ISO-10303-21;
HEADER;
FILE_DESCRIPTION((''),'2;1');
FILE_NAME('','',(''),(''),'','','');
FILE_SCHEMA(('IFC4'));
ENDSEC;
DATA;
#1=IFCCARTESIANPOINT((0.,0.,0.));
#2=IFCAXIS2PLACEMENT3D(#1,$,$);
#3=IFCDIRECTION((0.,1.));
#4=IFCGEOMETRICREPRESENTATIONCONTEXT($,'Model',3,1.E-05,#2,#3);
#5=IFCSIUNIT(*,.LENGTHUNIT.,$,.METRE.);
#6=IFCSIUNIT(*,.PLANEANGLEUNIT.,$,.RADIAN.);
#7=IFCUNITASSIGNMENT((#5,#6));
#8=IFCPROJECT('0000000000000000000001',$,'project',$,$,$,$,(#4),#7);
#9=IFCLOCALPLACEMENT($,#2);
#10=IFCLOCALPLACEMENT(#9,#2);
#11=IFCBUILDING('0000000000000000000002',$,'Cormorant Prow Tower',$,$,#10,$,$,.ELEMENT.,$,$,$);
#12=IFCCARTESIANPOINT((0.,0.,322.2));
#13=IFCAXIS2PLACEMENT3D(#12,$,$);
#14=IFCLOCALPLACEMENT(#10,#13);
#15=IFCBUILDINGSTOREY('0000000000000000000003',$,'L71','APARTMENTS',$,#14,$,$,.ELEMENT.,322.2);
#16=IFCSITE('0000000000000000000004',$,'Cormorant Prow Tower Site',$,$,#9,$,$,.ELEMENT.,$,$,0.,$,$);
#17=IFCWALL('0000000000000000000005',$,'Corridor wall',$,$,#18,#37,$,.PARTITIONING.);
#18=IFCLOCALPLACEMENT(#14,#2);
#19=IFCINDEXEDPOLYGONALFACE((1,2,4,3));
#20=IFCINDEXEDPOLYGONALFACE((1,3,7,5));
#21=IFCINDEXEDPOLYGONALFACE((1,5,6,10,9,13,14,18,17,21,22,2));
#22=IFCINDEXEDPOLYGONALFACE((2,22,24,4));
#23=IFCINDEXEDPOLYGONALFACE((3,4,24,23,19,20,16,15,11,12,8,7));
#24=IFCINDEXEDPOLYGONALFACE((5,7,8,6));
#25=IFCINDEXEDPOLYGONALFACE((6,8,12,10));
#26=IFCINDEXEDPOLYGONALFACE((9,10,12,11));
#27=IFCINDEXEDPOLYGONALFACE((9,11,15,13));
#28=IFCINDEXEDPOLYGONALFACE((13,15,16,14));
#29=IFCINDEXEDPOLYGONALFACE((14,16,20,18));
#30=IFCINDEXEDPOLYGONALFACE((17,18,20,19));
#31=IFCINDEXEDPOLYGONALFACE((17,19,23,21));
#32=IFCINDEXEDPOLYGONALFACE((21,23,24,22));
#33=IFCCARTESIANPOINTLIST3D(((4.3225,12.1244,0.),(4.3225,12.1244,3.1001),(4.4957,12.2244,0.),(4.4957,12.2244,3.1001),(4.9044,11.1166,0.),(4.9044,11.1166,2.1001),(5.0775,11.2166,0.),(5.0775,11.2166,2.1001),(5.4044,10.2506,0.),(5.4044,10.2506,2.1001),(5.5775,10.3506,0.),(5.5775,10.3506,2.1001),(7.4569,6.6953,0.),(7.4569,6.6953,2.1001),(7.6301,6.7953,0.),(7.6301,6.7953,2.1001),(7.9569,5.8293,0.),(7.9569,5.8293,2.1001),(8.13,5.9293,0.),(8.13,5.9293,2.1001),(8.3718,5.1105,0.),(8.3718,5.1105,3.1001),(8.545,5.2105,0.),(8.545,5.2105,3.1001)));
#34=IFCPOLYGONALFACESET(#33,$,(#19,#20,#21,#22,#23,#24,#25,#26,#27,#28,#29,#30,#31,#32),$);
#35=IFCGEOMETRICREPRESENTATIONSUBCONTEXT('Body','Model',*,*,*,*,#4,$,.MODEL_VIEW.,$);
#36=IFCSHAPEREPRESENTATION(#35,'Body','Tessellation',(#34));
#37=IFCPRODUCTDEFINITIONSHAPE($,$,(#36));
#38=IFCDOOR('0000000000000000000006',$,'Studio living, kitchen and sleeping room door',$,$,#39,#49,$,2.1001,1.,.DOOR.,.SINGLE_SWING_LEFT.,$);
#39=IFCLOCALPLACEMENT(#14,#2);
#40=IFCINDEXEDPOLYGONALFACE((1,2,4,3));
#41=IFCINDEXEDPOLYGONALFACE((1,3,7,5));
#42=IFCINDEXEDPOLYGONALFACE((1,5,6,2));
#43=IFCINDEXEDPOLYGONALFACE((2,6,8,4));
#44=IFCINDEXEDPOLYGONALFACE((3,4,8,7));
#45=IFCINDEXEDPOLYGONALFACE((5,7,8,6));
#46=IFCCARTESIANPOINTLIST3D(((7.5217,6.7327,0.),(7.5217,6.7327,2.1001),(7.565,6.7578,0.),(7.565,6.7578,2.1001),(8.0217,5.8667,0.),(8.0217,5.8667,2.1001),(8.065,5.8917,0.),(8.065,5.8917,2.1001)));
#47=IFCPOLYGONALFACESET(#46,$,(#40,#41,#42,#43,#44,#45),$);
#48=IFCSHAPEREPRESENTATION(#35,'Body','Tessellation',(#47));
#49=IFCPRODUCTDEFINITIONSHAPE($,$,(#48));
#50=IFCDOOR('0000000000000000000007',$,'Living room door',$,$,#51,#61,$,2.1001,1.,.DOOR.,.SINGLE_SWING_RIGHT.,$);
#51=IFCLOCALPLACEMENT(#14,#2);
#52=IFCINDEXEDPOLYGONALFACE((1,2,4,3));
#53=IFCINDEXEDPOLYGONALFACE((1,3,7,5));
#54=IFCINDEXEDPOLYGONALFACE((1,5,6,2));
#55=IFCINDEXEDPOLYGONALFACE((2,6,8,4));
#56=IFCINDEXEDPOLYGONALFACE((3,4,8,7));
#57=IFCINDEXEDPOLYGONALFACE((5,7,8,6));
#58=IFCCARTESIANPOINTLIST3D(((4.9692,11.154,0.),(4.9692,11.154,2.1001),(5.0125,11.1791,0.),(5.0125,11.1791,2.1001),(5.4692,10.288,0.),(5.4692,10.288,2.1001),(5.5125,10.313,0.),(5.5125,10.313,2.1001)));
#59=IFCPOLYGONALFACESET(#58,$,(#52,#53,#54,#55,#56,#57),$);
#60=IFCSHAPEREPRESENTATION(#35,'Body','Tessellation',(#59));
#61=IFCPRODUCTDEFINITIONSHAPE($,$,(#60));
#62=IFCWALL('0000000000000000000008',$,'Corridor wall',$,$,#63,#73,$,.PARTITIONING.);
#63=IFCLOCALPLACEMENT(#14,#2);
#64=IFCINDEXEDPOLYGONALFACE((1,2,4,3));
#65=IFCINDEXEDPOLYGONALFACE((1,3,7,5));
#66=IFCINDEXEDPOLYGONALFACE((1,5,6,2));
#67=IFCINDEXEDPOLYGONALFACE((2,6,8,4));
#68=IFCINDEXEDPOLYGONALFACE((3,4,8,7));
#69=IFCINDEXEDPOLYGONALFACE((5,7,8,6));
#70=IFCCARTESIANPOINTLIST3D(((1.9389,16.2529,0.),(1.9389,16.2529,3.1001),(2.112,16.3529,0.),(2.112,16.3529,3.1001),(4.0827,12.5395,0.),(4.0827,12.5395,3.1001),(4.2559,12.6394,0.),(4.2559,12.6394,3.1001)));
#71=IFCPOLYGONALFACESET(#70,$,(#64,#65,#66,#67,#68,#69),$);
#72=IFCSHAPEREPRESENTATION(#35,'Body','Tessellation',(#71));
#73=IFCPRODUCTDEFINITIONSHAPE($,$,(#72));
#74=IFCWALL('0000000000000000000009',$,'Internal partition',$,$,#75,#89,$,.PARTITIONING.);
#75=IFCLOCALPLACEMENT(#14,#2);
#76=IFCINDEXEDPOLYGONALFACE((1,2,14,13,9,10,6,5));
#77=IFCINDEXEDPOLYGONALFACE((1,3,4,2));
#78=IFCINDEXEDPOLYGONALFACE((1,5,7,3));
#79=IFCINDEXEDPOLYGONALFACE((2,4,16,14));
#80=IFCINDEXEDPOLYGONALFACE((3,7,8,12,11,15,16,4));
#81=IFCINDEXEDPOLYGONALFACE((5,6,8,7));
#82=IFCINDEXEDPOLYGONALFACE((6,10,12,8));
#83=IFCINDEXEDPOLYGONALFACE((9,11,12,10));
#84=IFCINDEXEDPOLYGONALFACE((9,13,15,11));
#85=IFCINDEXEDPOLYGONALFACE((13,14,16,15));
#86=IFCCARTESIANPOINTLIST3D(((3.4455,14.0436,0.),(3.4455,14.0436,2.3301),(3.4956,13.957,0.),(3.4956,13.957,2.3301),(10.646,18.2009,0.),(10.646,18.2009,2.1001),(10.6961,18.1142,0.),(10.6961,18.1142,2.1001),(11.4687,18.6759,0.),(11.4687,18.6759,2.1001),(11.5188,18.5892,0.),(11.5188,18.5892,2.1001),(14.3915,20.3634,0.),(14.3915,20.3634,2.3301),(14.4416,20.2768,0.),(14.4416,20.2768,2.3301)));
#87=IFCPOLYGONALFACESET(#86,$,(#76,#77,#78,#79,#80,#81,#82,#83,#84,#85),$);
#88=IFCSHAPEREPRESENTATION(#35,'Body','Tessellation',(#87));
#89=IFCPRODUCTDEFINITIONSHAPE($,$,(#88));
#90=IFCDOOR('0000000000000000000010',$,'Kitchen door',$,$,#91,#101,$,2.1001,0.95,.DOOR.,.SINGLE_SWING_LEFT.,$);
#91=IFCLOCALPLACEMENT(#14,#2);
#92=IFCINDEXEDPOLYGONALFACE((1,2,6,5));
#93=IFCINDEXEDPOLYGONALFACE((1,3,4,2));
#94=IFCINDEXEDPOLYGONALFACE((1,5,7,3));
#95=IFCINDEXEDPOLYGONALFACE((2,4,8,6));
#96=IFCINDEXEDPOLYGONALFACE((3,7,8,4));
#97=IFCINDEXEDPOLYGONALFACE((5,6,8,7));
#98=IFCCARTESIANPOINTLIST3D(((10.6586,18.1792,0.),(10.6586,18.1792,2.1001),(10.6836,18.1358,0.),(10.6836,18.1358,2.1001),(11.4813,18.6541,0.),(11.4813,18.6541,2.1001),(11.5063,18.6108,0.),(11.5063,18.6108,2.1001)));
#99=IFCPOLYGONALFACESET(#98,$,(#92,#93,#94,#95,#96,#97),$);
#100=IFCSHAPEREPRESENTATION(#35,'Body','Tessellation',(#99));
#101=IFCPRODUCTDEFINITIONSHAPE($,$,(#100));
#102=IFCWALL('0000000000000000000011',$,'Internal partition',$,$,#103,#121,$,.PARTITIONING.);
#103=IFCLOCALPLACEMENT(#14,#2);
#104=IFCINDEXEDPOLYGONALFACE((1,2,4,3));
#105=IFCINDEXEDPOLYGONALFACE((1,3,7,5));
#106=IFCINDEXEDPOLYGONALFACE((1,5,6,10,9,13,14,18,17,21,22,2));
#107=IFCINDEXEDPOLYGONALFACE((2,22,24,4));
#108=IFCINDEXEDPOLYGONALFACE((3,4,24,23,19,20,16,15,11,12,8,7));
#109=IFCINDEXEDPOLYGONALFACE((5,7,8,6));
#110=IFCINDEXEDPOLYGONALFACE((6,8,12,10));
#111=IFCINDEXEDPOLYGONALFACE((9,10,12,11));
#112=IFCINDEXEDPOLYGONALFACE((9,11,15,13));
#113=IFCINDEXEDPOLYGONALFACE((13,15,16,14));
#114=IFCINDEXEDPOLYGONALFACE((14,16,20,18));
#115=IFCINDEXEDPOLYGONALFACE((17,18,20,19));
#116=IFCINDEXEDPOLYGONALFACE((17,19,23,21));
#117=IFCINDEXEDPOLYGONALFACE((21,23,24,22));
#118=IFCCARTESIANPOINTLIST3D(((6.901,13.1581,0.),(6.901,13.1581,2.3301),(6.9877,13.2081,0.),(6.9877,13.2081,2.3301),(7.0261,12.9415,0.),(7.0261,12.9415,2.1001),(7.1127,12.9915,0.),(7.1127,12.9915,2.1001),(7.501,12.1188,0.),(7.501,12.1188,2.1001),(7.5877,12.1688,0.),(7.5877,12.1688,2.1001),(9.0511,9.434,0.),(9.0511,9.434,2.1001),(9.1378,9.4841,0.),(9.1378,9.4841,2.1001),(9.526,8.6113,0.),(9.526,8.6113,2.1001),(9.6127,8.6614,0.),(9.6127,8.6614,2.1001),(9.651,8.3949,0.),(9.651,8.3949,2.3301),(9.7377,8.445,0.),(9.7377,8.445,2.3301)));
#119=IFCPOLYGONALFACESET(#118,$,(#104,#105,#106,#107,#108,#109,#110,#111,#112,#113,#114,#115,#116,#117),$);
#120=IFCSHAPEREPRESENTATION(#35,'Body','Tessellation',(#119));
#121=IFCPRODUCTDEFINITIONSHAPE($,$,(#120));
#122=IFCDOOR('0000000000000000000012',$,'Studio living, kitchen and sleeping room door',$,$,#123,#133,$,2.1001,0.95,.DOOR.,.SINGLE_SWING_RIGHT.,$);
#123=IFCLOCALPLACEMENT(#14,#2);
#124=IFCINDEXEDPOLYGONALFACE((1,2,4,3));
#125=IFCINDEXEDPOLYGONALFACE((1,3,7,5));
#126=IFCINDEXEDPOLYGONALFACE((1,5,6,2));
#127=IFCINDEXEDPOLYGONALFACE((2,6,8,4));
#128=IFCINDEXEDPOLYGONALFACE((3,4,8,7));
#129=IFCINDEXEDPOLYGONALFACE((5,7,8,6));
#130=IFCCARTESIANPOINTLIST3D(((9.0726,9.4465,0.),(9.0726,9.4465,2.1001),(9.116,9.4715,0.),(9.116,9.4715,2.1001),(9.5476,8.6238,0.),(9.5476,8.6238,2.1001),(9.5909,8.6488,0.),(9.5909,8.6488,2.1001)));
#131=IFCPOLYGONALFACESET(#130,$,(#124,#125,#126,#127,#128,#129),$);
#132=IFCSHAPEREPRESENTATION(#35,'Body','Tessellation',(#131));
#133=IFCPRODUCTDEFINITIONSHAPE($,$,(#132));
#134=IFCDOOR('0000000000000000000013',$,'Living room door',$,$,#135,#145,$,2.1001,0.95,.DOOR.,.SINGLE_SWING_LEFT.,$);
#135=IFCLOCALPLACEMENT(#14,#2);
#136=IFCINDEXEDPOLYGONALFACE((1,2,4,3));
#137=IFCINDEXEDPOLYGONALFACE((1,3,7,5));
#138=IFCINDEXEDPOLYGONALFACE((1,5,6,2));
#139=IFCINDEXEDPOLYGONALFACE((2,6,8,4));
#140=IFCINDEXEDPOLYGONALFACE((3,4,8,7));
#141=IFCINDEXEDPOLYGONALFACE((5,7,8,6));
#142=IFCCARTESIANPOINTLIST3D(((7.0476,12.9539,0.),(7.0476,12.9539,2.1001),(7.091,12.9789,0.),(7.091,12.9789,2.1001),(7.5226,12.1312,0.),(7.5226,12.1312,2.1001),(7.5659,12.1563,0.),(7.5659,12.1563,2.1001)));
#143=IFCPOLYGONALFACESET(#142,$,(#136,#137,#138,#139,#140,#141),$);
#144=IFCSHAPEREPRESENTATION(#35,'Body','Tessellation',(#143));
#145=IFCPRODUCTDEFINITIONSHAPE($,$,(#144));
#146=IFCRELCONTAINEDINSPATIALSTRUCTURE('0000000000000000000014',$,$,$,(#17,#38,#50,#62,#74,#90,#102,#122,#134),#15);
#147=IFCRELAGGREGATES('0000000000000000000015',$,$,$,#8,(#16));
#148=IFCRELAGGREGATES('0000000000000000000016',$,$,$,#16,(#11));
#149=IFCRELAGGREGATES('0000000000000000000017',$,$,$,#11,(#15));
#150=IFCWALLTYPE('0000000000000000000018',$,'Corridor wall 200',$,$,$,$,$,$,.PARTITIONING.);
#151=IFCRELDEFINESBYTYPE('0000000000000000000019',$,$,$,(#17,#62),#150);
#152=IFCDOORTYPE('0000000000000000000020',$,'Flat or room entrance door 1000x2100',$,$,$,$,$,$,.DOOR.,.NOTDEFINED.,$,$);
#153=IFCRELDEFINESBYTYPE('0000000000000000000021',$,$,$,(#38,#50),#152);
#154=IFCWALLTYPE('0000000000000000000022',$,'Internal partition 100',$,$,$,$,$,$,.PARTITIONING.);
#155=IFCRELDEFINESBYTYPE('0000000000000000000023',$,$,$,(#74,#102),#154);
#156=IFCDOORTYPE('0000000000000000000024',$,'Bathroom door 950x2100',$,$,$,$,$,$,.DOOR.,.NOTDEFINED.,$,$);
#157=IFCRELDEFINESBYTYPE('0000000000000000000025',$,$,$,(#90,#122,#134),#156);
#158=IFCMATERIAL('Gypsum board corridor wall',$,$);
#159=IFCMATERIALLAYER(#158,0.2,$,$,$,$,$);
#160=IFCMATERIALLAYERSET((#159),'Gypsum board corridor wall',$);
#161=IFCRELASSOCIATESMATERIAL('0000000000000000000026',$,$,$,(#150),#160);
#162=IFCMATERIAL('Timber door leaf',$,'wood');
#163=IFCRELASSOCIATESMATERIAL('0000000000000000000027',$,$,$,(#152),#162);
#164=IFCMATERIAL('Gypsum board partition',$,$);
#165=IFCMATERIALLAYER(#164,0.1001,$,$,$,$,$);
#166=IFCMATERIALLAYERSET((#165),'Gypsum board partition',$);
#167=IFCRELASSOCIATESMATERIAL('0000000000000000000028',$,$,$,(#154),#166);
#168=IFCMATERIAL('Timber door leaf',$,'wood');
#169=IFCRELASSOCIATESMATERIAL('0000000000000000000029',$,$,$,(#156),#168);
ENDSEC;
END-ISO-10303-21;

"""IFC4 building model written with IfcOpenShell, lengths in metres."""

from ifc_helpers import new_model, si_unit, direction, frame, frame_2d, origin, place, context, subcontext, project, spatial, rectangle, extrude, material, layer, layer_set, type_object, element, fill, save


model = new_model("IFC4")

# Units and contexts
model_context = context("Model", 3, precision=1e-05, world=origin(), true_north=direction((0.0, 1.0)))
body_context = subcontext(model_context, "Body", "Model", "MODEL_VIEW")
ifc_project = project(units=[si_unit("LENGTHUNIT", "METRE"), si_unit("PLANEANGLEUNIT", "RADIAN")], contexts=[model_context])

# Site, building, storey
site_placement = place(None, origin())
site = spatial("IfcSite", under=ifc_project, at=site_placement, Name="Cormorant Prow Tower Site", CompositionType="ELEMENT", RefElevation=0.0)
building_placement = place(site_placement, origin())
building = spatial("IfcBuilding", under=site, at=building_placement, Name="Cormorant Prow Tower", CompositionType="ELEMENT")
storey_placement = place(building_placement, frame((0.0, 0.0, 322.2)))
storey = spatial("IfcBuildingStorey", under=building, at=storey_placement, Name="L71", Description="APARTMENTS", CompositionType="ELEMENT", Elevation=322.2)

# Wall, openings, doors
ifc_material_1 = material(Name="Gypsum board corridor wall")
ifc_layer_1 = layer(ifc_material_1, 0.2)
ifc_layer_set_1 = layer_set([ifc_layer_1], Name="Gypsum board corridor wall")
wall_type_1 = type_object("IfcWallType", Name="Corridor wall 200", PredefinedType="PARTITIONING", material=ifc_layer_set_1)
wall_1_placement = place(storey_placement, frame((4.4092, 12.1743, 0.0), z_axis=(0.0, 0.0, 1.0), x_axis=(0.499984, -0.866034, 0.0)))
wall_1 = element("IfcWall", 1, at=wall_1_placement, inside=storey, type_object=wall_type_1, Name="Corridor wall", PredefinedType="PARTITIONING", context=body_context, shape_type="SweptSolid", body=[
    extrude(rectangle(XDim=8.0989, YDim=0.2, at=frame_2d((4.0493, 0.0))), origin(), (0.0, 0.0, 1.0), 3.1001),
])
opening_1_placement = place(wall_1_placement, frame((6.2688, 0.0, 0.0)))
opening_1 = element("IfcOpeningElement", 2, at=opening_1_placement, cuts=wall_1, PredefinedType="OPENING", context=body_context, shape_type="SweptSolid", body=[
    extrude(rectangle(XDim=1.0, YDim=2.1001, at=frame_2d((0.5, 1.05))), frame((0.0, 0.1099, 0.0), z_axis=(0.0, -1.0, 0.0), x_axis=(1.0, 0.0, 0.0)), (0.0, 0.0, 1.0), 0.22),
])
opening_2_placement = place(wall_1_placement, frame((1.1636, 0.0, 0.0)))
opening_2 = element("IfcOpeningElement", 3, at=opening_2_placement, cuts=wall_1, PredefinedType="OPENING", context=body_context, shape_type="SweptSolid", body=[
    extrude(rectangle(XDim=1.0, YDim=2.1001, at=frame_2d((0.5, 1.05))), frame((0.0, 0.1099, 0.0), z_axis=(0.0, -1.0, 0.0), x_axis=(1.0, 0.0, 0.0)), (0.0, 0.0, 1.0), 0.22),
])
ifc_material_2 = material(Name="Timber door leaf", Category="wood")
door_type_1 = type_object("IfcDoorType", Name="Flat or room entrance door 1000x2100", OperationType="NOTDEFINED", PredefinedType="DOOR", material=ifc_material_2)
door_1_placement = place(opening_1_placement, origin())
door_1 = element("IfcDoor", 4, at=door_1_placement, inside=storey, type_object=door_type_1, Name="Studio living, kitchen and sleeping room door", OperationType="SINGLE_SWING_LEFT", OverallHeight=2.1001, OverallWidth=1.0, PredefinedType="DOOR", context=body_context, shape_type="SweptSolid", body=[
    extrude(rectangle(XDim=1.0, YDim=2.1001, at=frame_2d((0.5, 1.05))), frame((0.0, 0.0249, 0.0), z_axis=(0.0, -1.0, 0.0), x_axis=(1.0, 0.0, 0.0)), (0.0, 0.0, 1.0), 0.05),
])
fill(opening_1, door_1)
door_2_placement = place(opening_2_placement, origin())
door_2 = element("IfcDoor", 5, at=door_2_placement, inside=storey, type_object=door_type_1, Name="Living room door", OperationType="SINGLE_SWING_RIGHT", OverallHeight=2.1001, OverallWidth=1.0, PredefinedType="DOOR", context=body_context, shape_type="SweptSolid", body=[
    extrude(rectangle(XDim=1.0, YDim=2.1001, at=frame_2d((0.5, 1.05))), frame((0.0, 0.0249, 0.0), z_axis=(0.0, -1.0, 0.0), x_axis=(1.0, 0.0, 0.0)), (0.0, 0.0, 1.0), 0.05),
])
fill(opening_2, door_2)

# Wall
wall_2_placement = place(storey_placement, frame((2.0254, 16.303, 0.0), z_axis=(0.0, 0.0, 1.0), x_axis=(0.499979, -0.866038, 0.0)))
element("IfcWall", 6, at=wall_2_placement, inside=storey, type_object=wall_type_1, Name="Corridor wall", PredefinedType="PARTITIONING", context=body_context, shape_type="SweptSolid", body=[
    extrude(rectangle(XDim=4.2878, YDim=0.2, at=frame_2d((2.144, 0.0))), origin(), (0.0, 0.0, 1.0), 3.1001),
])

# Wall, opening, door
ifc_material_3 = material(Name="Gypsum board partition")
ifc_layer_2 = layer(ifc_material_3, 0.1001)
ifc_layer_set_2 = layer_set([ifc_layer_2], Name="Gypsum board partition")
wall_type_2 = type_object("IfcWallType", Name="Internal partition 100", PredefinedType="PARTITIONING", material=ifc_layer_set_2)
wall_3_placement = place(storey_placement, frame((3.4705, 14.0002, 0.0), z_axis=(0.0, 0.0, 1.0), x_axis=(0.866021, 0.500007, 0.0)))
wall_3 = element("IfcWall", 7, at=wall_3_placement, inside=storey, type_object=wall_type_2, Name="Internal partition", PredefinedType="PARTITIONING", context=body_context, shape_type="SweptSolid", body=[
    extrude(rectangle(XDim=12.6394, YDim=0.1001, at=frame_2d((6.3198, 0.0))), origin(), (0.0, 0.0, 1.0), 2.3301),
])
opening_3_placement = place(wall_3_placement, frame((8.3145, 0.0, 0.0)))
opening_3 = element("IfcOpeningElement", 8, at=opening_3_placement, cuts=wall_3, PredefinedType="OPENING", context=body_context, shape_type="SweptSolid", body=[
    extrude(rectangle(XDim=0.95, YDim=2.1001, at=frame_2d((0.4751, 1.05))), frame((0.0, 0.0601, 0.0), z_axis=(0.0, -1.0, 0.0), x_axis=(1.0, 0.0, 0.0)), (0.0, 0.0, 1.0), 0.1201),
])
ifc_material_4 = material(Name="Timber door leaf", Category="wood")
door_type_2 = type_object("IfcDoorType", Name="Bathroom door 950x2100", OperationType="NOTDEFINED", PredefinedType="DOOR", material=ifc_material_4)
door_3_placement = place(opening_3_placement, origin())
door_3 = element("IfcDoor", 9, at=door_3_placement, inside=storey, type_object=door_type_2, Name="Kitchen door", OperationType="SINGLE_SWING_LEFT", OverallHeight=2.1001, OverallWidth=0.95, PredefinedType="DOOR", context=body_context, shape_type="SweptSolid", body=[
    extrude(rectangle(XDim=0.95, YDim=2.1001, at=frame_2d((0.4751, 1.05))), frame((0.0, 0.0249, 0.0), z_axis=(0.0, -1.0, 0.0), x_axis=(1.0, 0.0, 0.0)), (0.0, 0.0, 1.0), 0.05),
])
fill(opening_3, door_3)

# Wall, openings, doors
wall_4_placement = place(storey_placement, frame((6.9443, 13.1831, 0.0), z_axis=(0.0, 0.0, 1.0), x_axis=(0.499997, -0.866027, 0.0)))
wall_4 = element("IfcWall", 10, at=wall_4_placement, inside=storey, type_object=wall_type_2, Name="Internal partition", PredefinedType="PARTITIONING", context=body_context, shape_type="SweptSolid", body=[
    extrude(rectangle(XDim=5.5, YDim=0.1001, at=frame_2d((2.75, 0.0))), origin(), (0.0, 0.0, 1.0), 2.3301),
])
opening_4_placement = place(wall_4_placement, frame((4.3, 0.0, 0.0)))
opening_4 = element("IfcOpeningElement", 11, at=opening_4_placement, cuts=wall_4, PredefinedType="OPENING", context=body_context, shape_type="SweptSolid", body=[
    extrude(rectangle(XDim=0.95, YDim=2.1001, at=frame_2d((0.4751, 1.05))), frame((0.0, 0.0601, 0.0), z_axis=(0.0, -1.0, 0.0), x_axis=(1.0, 0.0, 0.0)), (0.0, 0.0, 1.0), 0.1201),
])
opening_5_placement = place(wall_4_placement, frame((0.25, 0.0, 0.0)))
opening_5 = element("IfcOpeningElement", 12, at=opening_5_placement, cuts=wall_4, PredefinedType="OPENING", context=body_context, shape_type="SweptSolid", body=[
    extrude(rectangle(XDim=0.95, YDim=2.1001, at=frame_2d((0.4751, 1.05))), frame((0.0, 0.0601, 0.0), z_axis=(0.0, -1.0, 0.0), x_axis=(1.0, 0.0, 0.0)), (0.0, 0.0, 1.0), 0.1201),
])
door_4_placement = place(opening_4_placement, origin())
door_4 = element("IfcDoor", 13, at=door_4_placement, inside=storey, type_object=door_type_2, Name="Studio living, kitchen and sleeping room door", OperationType="SINGLE_SWING_RIGHT", OverallHeight=2.1001, OverallWidth=0.95, PredefinedType="DOOR", context=body_context, shape_type="SweptSolid", body=[
    extrude(rectangle(XDim=0.95, YDim=2.1001, at=frame_2d((0.4751, 1.05))), frame((0.0, 0.0249, 0.0), z_axis=(0.0, -1.0, 0.0), x_axis=(1.0, 0.0, 0.0)), (0.0, 0.0, 1.0), 0.05),
])
fill(opening_4, door_4)
door_5_placement = place(opening_5_placement, origin())
door_5 = element("IfcDoor", 14, at=door_5_placement, inside=storey, type_object=door_type_2, Name="Living room door", OperationType="SINGLE_SWING_LEFT", OverallHeight=2.1001, OverallWidth=0.95, PredefinedType="DOOR", context=body_context, shape_type="SweptSolid", body=[
    extrude(rectangle(XDim=0.95, YDim=2.1001, at=frame_2d((0.4751, 1.05))), frame((0.0, 0.0249, 0.0), z_axis=(0.0, -1.0, 0.0), x_axis=(1.0, 0.0, 0.0)), (0.0, 0.0, 1.0), 0.05),
])
fill(opening_5, door_5)

save(model, "model.ifc")
